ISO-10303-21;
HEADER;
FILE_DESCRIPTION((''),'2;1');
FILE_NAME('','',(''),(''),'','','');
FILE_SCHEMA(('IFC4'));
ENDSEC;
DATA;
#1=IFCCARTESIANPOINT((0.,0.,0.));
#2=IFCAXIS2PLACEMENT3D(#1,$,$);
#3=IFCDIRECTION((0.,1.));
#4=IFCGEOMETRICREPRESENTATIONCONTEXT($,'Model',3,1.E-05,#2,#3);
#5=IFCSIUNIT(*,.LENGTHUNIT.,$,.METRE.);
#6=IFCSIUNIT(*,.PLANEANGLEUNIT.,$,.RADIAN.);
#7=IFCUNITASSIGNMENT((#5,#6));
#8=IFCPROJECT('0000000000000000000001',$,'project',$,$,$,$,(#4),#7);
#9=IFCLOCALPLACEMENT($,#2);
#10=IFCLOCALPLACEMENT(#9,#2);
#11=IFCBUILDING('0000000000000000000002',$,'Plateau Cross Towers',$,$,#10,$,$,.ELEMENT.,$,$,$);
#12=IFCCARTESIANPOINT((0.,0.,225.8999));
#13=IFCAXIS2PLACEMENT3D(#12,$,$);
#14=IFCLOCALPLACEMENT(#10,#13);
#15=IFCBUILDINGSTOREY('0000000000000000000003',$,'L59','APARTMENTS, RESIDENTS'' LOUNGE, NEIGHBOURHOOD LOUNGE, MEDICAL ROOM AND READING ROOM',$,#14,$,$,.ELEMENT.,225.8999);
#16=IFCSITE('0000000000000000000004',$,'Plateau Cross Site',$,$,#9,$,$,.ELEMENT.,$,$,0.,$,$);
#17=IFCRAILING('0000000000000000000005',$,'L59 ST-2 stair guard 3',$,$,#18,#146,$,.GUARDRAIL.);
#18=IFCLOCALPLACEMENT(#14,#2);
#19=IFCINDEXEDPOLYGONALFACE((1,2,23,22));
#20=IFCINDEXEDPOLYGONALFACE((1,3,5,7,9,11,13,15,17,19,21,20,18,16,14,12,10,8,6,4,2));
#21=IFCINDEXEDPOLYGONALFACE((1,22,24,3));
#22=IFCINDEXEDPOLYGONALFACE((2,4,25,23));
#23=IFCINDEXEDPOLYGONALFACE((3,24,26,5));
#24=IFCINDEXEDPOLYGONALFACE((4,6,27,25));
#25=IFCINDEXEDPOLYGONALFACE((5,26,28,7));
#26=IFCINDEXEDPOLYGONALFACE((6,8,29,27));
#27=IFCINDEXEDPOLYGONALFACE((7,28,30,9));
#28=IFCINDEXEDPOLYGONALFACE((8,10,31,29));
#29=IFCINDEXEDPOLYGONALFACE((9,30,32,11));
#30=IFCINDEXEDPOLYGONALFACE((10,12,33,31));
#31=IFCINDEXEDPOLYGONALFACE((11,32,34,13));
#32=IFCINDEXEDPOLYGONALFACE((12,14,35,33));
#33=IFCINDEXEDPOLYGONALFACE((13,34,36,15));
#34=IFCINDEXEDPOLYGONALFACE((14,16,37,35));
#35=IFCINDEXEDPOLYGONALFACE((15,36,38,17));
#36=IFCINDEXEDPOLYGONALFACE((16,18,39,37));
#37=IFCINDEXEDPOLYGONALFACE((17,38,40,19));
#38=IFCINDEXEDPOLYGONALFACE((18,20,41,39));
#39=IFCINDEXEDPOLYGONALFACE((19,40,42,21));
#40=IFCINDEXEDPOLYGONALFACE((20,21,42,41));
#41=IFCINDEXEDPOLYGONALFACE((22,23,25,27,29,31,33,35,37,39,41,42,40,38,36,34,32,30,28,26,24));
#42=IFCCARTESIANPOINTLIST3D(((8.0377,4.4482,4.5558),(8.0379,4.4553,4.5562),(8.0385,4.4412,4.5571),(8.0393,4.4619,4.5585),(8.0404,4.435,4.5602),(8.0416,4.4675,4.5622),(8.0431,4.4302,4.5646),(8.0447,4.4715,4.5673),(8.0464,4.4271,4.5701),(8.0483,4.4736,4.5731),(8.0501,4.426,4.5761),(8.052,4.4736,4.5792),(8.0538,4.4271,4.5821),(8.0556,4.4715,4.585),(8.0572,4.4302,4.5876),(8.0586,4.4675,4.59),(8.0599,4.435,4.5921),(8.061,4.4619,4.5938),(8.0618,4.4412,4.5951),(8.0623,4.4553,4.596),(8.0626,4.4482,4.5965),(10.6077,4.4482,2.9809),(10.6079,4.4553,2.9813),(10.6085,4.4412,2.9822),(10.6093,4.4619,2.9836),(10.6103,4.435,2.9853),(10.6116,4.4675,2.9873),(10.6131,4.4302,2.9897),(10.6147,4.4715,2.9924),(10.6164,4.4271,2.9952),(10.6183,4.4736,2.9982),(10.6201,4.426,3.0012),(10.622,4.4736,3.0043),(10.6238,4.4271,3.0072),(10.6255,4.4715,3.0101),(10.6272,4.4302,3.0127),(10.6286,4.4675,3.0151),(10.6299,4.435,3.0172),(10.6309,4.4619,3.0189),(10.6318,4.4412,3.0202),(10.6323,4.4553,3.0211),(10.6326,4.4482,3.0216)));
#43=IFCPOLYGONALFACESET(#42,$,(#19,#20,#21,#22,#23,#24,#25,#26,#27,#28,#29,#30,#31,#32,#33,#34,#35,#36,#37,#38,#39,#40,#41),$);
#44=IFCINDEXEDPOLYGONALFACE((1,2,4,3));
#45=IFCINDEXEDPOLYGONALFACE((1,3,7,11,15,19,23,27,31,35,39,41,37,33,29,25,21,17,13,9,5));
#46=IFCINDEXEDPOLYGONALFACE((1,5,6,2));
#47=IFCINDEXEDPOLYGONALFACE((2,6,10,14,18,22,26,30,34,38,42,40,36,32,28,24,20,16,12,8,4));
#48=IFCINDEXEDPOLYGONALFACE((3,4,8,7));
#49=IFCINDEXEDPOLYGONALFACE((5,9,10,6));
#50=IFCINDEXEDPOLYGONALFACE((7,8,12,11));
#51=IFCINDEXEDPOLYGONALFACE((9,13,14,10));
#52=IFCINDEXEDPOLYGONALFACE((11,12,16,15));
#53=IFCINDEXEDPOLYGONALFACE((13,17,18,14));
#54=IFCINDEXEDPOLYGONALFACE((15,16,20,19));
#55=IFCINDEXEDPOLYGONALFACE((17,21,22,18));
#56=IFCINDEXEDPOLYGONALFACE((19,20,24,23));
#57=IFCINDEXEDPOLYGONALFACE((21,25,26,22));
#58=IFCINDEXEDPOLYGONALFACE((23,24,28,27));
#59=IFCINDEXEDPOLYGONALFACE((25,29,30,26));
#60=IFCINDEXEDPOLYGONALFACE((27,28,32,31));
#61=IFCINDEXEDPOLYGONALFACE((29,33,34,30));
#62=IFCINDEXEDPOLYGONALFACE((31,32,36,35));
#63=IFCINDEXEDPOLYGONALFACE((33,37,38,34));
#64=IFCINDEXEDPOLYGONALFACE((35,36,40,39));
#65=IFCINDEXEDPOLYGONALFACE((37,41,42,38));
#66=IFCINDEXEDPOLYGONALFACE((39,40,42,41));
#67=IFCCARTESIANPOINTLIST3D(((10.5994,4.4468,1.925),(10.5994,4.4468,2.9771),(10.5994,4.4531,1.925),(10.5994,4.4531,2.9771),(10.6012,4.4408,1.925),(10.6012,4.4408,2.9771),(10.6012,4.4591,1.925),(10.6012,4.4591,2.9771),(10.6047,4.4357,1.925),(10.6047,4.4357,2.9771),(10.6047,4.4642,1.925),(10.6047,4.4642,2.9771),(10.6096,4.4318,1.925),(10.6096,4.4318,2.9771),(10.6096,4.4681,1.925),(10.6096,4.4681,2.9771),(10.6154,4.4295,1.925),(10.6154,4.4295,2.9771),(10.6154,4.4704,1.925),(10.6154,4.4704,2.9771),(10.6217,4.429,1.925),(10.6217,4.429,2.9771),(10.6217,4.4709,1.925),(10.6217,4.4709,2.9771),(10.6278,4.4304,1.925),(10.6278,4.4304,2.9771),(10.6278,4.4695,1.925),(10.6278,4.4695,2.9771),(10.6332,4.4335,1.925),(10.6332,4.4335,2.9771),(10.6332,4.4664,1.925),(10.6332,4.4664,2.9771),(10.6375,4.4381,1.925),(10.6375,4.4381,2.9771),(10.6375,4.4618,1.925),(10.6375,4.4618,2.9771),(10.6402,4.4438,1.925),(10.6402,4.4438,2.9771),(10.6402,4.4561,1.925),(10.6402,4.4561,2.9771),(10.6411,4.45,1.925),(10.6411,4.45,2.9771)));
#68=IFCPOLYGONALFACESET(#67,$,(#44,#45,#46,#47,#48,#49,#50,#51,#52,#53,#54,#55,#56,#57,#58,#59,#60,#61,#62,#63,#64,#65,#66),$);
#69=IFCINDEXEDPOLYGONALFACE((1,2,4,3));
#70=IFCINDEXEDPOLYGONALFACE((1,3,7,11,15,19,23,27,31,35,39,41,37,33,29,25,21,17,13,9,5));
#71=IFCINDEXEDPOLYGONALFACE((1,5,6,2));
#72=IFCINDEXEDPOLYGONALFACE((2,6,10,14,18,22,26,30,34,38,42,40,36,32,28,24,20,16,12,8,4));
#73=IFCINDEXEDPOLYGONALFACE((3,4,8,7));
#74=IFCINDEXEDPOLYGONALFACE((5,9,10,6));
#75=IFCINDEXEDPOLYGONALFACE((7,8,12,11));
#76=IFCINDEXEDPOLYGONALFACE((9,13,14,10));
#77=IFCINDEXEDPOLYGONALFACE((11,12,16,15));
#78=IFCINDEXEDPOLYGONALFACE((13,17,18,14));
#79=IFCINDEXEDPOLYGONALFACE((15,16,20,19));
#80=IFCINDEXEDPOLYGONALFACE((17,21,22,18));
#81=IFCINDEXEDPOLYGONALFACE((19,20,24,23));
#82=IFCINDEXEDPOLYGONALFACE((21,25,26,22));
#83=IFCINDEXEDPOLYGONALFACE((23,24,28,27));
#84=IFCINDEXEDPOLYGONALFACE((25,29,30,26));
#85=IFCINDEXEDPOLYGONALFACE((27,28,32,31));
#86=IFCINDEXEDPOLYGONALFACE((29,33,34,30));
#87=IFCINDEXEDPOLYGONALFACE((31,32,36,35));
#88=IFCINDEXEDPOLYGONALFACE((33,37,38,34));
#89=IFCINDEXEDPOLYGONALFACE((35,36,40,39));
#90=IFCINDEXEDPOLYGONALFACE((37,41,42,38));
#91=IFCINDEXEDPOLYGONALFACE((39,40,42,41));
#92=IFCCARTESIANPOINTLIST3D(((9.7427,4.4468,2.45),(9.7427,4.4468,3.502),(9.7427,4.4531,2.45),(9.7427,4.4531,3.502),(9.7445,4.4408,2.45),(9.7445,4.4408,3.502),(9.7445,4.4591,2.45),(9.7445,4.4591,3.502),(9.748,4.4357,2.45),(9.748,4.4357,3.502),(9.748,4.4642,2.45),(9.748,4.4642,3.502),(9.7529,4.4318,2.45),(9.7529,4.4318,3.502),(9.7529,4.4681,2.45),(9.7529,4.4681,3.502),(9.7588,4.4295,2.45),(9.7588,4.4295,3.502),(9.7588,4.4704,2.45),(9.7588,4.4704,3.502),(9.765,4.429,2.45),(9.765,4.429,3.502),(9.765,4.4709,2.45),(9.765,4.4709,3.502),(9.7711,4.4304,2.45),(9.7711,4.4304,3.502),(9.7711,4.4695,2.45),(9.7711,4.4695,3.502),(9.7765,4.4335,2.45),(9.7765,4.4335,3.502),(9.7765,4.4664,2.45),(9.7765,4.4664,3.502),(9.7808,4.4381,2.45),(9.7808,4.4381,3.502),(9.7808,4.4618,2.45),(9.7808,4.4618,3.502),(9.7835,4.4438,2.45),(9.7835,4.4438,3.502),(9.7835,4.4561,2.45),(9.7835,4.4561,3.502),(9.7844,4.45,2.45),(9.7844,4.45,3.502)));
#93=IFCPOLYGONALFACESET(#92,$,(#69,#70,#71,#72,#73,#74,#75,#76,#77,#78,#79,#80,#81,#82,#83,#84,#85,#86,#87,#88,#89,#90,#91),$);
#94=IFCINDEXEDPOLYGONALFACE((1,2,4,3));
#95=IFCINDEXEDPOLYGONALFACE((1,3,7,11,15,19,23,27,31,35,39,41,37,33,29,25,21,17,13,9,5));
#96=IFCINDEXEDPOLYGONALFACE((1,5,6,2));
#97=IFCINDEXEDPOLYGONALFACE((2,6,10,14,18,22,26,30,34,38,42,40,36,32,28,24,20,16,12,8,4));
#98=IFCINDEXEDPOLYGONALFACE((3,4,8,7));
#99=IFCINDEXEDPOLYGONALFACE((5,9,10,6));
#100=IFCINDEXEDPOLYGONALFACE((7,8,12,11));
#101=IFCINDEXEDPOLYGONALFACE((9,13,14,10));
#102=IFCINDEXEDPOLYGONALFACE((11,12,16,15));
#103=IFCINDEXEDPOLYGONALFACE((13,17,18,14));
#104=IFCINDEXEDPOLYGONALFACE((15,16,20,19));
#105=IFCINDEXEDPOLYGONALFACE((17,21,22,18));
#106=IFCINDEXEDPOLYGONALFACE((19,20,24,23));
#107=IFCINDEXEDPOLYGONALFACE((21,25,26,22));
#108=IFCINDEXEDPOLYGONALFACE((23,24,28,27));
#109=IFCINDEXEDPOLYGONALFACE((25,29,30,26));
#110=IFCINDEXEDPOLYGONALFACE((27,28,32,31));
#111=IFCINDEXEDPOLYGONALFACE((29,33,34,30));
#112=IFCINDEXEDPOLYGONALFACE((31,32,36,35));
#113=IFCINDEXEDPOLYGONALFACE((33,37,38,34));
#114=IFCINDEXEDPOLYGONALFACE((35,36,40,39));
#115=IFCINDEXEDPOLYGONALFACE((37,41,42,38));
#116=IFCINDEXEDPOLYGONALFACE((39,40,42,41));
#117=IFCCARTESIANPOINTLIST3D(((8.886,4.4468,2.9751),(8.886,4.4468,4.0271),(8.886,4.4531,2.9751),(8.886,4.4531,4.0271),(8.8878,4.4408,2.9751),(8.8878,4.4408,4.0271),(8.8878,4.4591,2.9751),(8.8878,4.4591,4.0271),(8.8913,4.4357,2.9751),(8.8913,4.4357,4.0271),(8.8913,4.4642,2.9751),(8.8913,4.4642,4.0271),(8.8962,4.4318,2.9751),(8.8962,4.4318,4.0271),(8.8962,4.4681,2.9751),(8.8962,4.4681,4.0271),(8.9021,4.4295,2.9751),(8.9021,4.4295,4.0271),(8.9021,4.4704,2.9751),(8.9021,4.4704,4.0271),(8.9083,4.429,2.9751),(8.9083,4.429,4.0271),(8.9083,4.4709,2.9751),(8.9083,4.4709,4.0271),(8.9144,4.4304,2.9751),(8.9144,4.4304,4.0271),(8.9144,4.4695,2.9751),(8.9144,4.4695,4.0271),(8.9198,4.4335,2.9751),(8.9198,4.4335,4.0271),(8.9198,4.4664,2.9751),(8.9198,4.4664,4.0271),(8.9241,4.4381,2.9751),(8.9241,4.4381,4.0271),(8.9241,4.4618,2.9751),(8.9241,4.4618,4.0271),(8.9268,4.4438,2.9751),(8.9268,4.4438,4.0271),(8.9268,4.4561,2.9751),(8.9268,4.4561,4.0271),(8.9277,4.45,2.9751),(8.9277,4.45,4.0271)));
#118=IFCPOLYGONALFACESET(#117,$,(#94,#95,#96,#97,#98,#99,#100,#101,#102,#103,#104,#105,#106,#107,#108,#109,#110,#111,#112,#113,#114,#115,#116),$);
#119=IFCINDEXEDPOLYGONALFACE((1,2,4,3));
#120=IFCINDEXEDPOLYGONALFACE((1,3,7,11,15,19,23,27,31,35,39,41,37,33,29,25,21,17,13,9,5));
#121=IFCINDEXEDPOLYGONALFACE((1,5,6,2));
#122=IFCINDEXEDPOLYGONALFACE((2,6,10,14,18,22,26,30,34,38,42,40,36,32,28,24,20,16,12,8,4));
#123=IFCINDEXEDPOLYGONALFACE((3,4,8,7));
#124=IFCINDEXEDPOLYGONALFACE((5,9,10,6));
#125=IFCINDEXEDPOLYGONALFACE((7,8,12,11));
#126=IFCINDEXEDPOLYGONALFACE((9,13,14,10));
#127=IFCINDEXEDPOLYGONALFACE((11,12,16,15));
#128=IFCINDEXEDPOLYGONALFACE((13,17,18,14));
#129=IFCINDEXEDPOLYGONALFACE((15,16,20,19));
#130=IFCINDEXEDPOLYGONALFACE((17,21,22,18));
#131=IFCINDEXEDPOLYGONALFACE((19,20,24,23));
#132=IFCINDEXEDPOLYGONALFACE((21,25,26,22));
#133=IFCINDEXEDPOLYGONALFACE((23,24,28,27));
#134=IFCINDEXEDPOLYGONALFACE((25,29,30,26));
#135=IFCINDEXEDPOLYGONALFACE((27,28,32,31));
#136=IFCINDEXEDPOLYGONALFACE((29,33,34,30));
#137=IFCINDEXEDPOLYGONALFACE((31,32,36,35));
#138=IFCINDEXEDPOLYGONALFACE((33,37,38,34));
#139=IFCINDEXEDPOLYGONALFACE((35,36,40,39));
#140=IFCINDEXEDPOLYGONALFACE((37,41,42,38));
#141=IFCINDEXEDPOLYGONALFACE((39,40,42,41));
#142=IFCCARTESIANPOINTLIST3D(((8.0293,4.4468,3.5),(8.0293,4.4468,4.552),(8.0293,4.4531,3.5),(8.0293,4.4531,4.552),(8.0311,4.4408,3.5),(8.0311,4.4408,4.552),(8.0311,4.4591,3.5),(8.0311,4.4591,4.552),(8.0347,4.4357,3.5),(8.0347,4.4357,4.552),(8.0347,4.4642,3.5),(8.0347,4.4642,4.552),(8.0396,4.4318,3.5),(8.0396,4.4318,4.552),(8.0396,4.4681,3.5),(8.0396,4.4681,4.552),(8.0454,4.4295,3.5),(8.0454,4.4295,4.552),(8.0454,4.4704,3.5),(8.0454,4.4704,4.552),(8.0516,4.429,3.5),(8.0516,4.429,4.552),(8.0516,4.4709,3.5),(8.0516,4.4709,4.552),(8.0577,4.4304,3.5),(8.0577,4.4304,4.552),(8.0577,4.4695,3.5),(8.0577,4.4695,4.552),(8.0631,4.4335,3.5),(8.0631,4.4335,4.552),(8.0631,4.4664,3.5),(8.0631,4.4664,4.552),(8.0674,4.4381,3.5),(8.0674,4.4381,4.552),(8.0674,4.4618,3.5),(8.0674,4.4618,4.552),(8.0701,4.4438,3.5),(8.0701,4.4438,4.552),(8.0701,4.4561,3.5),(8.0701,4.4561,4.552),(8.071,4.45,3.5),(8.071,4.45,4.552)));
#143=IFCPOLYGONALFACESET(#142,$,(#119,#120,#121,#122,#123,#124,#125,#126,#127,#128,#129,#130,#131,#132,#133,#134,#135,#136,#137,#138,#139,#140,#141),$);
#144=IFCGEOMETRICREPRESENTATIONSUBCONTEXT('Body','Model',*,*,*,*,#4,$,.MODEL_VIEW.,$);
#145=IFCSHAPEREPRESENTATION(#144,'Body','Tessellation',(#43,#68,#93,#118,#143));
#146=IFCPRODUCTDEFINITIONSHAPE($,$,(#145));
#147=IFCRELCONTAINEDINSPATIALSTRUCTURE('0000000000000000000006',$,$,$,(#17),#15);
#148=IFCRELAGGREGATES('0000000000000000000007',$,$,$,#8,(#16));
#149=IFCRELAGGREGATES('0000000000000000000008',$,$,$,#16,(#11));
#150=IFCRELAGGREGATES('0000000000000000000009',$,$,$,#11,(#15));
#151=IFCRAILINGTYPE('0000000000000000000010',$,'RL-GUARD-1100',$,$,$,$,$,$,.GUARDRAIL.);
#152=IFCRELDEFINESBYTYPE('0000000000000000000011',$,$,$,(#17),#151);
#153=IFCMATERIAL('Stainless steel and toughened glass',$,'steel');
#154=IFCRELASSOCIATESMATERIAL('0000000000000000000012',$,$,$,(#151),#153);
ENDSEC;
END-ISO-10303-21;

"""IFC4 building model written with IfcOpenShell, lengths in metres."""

from ifc_helpers import new_model, si_unit, direction, frame, origin, origin_2d, place, context, subcontext, project, spatial, circle, extrude, material, type_object, element, save


model = new_model("IFC4")

# Units and contexts
model_context = context("Model", 3, precision=1e-05, world=origin(), true_north=direction((0.0, 1.0)))
body_context = subcontext(model_context, "Body", "Model", "MODEL_VIEW")
ifc_project = project(units=[si_unit("LENGTHUNIT", "METRE"), si_unit("PLANEANGLEUNIT", "RADIAN")], contexts=[model_context])

# Site, building, storey
site_placement = place(None, origin())
site = spatial("IfcSite", under=ifc_project, at=site_placement, Name="Plateau Cross Site", CompositionType="ELEMENT", RefElevation=0.0)
building_placement = place(site_placement, origin())
building = spatial("IfcBuilding", under=site, at=building_placement, Name="Plateau Cross Towers", CompositionType="ELEMENT")
storey_placement = place(building_placement, frame((0.0, 0.0, 225.8999)))
storey = spatial("IfcBuildingStorey", under=building, at=storey_placement, Name="L59", Description="APARTMENTS, RESIDENTS' LOUNGE, NEIGHBOURHOOD LOUNGE, MEDICAL ROOM AND READING ROOM", CompositionType="ELEMENT", Elevation=225.8999)

# Railing
ifc_material_1 = material(Name="Stainless steel and toughened glass", Category="steel")
railing_type_1 = type_object("IfcRailingType", Name="RL-GUARD-1100", PredefinedType="GUARDRAIL", material=ifc_material_1)
railing_1_placement = place(storey_placement, frame((10.6201, 4.45, 1.925)))
element("IfcRailing", 1, at=railing_1_placement, inside=storey, type_object=railing_type_1, Name="L59 ST-2 stair guard 3", PredefinedType="GUARDRAIL", context=body_context, shape_type="SweptSolid", body=[
    extrude(circle(Radius=0.0239, at=origin_2d()), frame((0.0, 0.0, 1.0762), z_axis=(-0.852639, 0.0, 0.522501), x_axis=(0.0, -1.0, 0.0)), (0.0, 0.0, 1.0), 3.0142),
    extrude(circle(Radius=0.021, at=origin_2d()), origin(), (0.0, 0.0, 1.0), 1.052),
    extrude(circle(Radius=0.021, at=origin_2d()), frame((-0.8567, 0.0, 0.5249)), (0.0, 0.0, 1.0), 1.052),
    extrude(circle(Radius=0.021, at=origin_2d()), frame((-1.7134, 0.0, 1.05)), (0.0, 0.0, 1.0), 1.052),
    extrude(circle(Radius=0.021, at=origin_2d()), frame((-2.5701, 0.0, 1.575)), (0.0, 0.0, 1.0), 1.052),
])

save(model, "model.ifc")
